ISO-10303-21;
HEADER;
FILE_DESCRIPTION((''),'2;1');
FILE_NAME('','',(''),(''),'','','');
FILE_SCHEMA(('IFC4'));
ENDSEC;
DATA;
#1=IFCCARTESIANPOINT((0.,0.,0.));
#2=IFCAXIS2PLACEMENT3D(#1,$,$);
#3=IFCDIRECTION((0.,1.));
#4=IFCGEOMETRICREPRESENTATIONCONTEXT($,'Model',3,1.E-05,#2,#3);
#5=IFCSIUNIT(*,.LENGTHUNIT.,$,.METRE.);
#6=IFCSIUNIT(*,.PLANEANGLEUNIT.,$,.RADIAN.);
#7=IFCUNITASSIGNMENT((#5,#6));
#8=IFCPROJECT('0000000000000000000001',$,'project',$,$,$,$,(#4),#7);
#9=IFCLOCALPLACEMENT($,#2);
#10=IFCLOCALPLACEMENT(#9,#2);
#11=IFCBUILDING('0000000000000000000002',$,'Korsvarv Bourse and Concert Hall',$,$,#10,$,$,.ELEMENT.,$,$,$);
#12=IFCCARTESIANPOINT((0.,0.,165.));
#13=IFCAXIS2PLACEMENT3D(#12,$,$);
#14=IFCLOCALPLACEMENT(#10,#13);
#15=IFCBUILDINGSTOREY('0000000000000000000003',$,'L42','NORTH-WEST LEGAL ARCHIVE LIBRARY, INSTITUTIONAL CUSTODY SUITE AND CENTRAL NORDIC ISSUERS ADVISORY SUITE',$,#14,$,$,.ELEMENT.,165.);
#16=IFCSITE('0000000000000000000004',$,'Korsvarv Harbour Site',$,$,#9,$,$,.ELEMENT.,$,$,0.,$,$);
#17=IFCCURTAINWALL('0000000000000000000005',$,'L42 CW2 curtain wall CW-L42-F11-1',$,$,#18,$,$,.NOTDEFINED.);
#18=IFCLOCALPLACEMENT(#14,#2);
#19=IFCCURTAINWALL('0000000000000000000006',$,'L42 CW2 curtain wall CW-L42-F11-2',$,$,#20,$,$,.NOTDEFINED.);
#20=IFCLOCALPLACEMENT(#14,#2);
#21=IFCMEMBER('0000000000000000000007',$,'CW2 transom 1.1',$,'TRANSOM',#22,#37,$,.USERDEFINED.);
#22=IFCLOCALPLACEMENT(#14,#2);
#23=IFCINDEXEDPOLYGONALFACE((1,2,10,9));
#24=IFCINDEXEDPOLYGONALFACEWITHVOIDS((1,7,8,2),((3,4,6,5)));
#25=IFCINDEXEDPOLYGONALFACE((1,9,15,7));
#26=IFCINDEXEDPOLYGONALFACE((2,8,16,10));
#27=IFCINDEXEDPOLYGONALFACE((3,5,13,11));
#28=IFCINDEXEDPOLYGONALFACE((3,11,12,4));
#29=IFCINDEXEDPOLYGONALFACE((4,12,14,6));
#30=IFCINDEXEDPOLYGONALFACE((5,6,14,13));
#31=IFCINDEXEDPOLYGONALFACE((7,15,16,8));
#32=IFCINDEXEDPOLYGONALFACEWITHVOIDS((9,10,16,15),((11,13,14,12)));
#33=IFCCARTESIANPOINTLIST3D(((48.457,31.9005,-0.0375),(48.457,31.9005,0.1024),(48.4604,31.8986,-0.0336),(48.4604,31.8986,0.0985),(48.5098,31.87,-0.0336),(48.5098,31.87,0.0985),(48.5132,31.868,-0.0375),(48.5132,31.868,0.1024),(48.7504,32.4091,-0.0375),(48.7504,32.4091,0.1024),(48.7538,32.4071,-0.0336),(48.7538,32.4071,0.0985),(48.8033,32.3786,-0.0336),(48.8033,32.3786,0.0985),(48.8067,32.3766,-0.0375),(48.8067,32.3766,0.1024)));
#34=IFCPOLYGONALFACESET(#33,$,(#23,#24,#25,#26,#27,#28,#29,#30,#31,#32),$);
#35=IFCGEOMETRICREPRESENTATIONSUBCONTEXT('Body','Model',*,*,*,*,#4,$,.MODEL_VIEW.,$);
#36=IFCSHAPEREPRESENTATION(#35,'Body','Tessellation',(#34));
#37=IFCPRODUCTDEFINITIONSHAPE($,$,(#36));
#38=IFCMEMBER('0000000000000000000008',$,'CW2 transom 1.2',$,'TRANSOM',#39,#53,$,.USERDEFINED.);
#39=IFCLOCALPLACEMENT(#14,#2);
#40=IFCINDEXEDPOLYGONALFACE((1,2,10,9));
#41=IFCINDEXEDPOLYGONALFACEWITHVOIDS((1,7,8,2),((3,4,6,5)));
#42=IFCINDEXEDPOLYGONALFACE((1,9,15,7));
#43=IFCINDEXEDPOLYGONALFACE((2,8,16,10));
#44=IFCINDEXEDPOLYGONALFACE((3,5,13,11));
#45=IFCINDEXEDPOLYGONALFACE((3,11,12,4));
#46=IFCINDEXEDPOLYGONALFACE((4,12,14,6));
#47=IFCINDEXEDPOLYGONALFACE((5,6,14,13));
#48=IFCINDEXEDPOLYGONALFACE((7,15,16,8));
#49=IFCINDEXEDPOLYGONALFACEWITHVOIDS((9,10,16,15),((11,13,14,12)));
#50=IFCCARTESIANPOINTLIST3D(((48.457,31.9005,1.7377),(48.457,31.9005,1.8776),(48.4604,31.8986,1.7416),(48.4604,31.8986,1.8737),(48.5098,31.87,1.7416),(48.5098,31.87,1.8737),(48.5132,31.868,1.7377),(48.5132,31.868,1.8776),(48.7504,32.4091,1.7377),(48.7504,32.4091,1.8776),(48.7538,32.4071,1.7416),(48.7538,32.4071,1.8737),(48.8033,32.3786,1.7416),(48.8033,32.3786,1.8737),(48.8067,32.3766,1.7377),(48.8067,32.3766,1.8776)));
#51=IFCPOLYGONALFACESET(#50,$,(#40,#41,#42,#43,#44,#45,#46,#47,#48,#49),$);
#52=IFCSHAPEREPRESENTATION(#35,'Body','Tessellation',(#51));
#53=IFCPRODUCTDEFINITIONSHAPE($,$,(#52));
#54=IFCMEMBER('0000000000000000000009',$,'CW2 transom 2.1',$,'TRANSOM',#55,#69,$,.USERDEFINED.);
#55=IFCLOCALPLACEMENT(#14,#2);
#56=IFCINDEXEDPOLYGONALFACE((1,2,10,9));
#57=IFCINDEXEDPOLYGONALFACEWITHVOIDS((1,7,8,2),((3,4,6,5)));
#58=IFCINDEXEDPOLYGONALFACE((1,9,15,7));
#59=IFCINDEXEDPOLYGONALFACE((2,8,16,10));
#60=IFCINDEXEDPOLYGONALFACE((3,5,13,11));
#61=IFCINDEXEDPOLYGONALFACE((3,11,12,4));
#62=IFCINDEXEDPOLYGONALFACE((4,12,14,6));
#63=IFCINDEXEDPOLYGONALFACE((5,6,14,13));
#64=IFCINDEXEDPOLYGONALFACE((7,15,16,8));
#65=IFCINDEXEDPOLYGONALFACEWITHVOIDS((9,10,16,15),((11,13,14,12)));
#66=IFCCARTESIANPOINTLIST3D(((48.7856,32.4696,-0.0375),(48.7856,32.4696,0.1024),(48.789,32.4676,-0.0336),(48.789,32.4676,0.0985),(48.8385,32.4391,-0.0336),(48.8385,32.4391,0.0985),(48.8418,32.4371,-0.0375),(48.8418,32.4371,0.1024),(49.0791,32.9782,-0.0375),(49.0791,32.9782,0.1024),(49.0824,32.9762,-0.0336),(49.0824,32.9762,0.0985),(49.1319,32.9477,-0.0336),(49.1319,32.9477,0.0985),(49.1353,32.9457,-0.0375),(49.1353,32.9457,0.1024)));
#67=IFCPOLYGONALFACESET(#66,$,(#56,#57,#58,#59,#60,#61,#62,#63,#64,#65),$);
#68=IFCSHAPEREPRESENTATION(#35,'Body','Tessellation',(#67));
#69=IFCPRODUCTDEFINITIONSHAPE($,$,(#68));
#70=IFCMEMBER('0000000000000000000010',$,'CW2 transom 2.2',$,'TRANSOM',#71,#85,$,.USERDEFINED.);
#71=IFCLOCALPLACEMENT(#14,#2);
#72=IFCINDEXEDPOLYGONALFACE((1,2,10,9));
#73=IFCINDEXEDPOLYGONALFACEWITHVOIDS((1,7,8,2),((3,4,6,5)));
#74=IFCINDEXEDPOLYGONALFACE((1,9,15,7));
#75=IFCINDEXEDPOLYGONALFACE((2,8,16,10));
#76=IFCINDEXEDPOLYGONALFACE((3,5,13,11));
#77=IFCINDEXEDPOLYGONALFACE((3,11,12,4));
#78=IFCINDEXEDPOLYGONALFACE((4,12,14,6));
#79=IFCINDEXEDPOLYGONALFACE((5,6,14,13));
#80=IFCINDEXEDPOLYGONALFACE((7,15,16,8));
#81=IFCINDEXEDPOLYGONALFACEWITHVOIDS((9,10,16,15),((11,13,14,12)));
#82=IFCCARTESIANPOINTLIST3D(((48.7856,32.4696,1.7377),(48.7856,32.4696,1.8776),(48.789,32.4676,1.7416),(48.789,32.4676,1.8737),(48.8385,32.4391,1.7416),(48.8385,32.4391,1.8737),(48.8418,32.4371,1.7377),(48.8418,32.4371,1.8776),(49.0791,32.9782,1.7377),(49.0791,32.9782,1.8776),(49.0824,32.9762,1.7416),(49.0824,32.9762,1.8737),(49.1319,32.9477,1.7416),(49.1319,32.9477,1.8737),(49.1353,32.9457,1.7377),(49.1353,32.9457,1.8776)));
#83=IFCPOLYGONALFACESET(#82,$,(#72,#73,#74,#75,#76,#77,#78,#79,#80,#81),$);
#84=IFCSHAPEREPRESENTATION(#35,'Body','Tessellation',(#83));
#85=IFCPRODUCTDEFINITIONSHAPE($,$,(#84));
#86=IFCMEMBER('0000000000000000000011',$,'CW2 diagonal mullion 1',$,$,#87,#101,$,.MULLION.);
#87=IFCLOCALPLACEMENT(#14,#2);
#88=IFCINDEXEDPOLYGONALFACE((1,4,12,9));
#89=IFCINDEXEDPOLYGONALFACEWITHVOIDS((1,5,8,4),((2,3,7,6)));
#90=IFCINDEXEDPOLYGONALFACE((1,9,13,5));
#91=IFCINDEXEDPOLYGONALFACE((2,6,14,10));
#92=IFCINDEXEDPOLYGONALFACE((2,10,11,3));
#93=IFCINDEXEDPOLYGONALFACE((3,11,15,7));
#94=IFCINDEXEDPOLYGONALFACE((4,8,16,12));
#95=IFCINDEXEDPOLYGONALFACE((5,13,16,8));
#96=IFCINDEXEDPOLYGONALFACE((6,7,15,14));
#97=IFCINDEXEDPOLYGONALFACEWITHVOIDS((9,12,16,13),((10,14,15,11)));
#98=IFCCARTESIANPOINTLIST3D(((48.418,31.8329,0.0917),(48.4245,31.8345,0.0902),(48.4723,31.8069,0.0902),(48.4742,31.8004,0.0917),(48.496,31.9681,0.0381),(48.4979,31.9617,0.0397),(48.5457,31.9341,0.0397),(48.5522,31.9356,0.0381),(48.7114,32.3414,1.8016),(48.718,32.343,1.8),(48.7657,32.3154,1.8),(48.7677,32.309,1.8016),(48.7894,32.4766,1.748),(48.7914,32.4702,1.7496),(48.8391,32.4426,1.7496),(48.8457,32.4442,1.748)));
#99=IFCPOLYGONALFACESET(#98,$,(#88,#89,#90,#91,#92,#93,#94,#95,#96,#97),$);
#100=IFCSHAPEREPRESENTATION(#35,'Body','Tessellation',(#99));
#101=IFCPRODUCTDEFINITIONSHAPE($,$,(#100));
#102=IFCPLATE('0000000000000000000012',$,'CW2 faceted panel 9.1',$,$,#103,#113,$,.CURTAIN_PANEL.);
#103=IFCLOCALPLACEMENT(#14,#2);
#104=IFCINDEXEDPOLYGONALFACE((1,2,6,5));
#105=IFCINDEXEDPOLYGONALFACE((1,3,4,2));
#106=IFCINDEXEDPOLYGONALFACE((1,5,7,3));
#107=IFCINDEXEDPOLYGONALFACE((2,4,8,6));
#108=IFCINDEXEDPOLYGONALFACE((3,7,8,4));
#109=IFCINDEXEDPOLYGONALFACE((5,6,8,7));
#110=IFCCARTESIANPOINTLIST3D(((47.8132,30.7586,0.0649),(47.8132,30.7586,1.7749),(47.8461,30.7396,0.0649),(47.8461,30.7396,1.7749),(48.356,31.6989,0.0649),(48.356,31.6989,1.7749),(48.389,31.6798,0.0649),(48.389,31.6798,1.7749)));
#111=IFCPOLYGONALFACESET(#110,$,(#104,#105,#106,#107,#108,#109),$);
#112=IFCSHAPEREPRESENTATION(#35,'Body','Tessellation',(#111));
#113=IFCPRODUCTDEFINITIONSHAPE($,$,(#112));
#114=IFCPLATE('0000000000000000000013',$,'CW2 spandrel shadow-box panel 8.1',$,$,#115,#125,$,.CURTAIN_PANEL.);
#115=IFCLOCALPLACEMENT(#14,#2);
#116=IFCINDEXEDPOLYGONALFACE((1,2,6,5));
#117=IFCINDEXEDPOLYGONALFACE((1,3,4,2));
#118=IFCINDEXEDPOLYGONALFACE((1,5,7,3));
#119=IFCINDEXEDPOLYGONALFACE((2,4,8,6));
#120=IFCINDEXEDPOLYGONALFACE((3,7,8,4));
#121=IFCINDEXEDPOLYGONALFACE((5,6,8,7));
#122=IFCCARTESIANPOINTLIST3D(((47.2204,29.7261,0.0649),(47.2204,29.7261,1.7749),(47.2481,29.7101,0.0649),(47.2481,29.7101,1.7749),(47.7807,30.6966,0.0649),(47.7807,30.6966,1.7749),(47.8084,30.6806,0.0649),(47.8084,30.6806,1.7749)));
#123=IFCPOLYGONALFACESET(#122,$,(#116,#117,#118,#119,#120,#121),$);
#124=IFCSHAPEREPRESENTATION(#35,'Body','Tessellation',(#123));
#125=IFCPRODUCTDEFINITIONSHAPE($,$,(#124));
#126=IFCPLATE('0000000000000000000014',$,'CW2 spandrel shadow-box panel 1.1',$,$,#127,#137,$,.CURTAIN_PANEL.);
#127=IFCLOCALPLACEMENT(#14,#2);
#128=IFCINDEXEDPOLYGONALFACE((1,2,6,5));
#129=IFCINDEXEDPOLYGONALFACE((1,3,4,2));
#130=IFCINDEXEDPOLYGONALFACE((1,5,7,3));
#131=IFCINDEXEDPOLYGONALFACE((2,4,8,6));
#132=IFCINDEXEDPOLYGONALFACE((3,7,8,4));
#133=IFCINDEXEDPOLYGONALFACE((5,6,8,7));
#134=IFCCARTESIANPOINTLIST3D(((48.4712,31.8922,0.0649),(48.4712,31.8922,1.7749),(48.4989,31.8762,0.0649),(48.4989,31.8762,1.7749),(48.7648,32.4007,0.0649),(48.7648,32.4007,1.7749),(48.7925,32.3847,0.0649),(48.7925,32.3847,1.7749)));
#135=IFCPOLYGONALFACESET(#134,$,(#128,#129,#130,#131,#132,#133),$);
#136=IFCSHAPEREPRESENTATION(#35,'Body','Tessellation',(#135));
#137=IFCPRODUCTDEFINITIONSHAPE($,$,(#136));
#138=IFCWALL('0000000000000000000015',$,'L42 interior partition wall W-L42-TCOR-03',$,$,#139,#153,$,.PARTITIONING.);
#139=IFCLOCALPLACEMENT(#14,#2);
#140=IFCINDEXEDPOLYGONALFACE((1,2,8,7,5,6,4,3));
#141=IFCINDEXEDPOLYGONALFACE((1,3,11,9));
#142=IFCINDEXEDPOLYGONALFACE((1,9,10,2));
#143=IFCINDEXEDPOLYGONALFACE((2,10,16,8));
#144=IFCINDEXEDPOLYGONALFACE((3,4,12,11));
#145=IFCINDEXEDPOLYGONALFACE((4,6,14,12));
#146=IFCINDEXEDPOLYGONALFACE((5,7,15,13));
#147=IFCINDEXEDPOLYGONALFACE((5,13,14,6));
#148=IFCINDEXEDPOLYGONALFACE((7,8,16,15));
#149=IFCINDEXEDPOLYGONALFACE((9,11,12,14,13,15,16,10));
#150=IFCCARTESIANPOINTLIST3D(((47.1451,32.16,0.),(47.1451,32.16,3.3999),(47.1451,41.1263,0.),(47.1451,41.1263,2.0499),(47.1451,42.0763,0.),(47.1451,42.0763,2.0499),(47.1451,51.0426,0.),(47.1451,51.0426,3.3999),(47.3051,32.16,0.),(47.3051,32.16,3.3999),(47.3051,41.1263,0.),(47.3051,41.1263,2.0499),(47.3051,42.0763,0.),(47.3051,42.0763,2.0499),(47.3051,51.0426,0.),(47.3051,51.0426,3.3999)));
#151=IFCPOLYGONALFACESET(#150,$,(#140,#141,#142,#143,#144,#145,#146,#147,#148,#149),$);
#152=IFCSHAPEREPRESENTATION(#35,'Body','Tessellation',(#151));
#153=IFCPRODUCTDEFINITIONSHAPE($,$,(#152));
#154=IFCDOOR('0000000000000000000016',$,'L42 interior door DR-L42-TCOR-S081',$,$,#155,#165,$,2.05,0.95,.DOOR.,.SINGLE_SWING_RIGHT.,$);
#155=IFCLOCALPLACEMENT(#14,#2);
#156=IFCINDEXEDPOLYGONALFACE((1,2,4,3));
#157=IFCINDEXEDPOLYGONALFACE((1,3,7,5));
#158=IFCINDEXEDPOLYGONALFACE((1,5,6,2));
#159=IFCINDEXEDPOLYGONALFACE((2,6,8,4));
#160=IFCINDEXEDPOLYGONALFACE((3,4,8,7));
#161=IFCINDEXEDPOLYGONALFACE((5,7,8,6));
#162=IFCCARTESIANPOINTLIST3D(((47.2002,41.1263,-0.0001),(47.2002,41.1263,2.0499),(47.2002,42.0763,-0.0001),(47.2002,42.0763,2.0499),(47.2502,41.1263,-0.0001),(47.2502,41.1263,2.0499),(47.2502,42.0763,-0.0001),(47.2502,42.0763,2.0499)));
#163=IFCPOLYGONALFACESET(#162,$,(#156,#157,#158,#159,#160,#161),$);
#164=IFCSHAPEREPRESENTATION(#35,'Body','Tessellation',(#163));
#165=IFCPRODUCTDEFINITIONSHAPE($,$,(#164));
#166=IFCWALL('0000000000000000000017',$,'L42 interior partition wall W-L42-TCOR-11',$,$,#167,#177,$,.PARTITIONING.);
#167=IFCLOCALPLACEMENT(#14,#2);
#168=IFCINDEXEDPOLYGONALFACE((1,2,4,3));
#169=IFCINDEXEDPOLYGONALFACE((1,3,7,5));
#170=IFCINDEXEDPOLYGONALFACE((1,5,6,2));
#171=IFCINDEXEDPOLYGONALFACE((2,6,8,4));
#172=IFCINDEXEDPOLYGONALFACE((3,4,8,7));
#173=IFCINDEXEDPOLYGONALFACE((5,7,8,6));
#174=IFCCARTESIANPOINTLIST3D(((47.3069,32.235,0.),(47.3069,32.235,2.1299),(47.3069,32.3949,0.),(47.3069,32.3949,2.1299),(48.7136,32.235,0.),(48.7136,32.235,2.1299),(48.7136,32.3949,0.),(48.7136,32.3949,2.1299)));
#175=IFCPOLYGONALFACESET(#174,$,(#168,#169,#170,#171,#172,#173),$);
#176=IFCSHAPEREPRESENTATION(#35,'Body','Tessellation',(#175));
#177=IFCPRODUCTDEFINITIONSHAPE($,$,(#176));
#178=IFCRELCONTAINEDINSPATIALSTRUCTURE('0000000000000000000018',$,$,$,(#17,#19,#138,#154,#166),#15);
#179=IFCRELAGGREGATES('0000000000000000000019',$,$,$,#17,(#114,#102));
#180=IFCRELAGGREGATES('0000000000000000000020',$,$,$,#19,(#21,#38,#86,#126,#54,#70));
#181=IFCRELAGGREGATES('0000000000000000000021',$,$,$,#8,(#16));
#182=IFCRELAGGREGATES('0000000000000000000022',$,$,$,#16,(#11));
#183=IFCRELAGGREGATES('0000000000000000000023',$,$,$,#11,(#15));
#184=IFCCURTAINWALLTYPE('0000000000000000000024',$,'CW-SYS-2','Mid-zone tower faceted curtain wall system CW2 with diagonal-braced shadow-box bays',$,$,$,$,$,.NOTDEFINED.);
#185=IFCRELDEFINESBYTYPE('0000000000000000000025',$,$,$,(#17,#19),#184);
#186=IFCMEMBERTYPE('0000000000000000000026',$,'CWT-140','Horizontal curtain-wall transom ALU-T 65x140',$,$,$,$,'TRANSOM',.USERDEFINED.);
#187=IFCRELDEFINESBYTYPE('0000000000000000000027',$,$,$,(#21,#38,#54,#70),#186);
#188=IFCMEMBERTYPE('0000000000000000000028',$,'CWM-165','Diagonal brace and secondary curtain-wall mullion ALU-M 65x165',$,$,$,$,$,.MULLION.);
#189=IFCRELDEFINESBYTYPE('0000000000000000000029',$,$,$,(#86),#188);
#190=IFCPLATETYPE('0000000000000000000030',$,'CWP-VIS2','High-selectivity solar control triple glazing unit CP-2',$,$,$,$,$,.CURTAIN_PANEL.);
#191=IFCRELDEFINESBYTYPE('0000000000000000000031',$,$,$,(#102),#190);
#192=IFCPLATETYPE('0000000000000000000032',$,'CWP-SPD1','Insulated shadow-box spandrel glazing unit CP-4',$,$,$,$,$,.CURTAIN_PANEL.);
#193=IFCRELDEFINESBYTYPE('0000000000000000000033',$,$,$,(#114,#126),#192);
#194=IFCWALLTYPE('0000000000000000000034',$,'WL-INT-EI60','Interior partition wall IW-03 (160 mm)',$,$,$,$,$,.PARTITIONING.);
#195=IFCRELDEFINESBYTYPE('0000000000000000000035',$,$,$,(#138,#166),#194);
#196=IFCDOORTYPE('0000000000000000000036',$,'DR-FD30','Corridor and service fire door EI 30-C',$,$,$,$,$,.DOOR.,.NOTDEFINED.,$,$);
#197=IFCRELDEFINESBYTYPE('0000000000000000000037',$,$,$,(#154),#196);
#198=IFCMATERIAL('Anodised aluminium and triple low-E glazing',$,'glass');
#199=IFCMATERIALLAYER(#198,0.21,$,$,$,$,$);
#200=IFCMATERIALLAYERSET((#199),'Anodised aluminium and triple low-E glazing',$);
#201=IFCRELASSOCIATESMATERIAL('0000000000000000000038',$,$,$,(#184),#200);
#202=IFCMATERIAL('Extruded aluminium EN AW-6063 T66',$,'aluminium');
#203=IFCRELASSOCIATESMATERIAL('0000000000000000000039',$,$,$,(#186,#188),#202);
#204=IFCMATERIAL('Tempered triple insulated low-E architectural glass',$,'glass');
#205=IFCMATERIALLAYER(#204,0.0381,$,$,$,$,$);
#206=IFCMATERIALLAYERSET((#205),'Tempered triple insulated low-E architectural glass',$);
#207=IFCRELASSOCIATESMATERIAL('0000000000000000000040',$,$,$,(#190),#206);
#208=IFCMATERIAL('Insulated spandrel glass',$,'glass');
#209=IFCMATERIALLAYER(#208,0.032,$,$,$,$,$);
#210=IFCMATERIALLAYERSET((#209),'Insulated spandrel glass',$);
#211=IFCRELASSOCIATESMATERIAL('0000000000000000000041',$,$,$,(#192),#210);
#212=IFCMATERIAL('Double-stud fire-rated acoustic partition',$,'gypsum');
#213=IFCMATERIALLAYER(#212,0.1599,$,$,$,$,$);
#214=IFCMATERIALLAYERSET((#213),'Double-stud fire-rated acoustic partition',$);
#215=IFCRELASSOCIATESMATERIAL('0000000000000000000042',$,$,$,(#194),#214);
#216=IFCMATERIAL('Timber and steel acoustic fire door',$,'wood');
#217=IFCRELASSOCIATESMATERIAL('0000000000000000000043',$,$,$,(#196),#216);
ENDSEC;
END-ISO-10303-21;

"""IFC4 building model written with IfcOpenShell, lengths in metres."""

from ifc_helpers import new_model, si_unit, direction, frame, frame_2d, origin, origin_2d, place, context, subcontext, project, spatial, rectangle, hollow_rectangle, extrude, source, transform, mapped, material, layer, layer_set, material_profile, profile_set, type_object, element, fill, aggregate, save


model = new_model("IFC4")

# Units and contexts
model_context = context("Model", 3, precision=1e-05, world=origin(), true_north=direction((0.0, 1.0)))
body_context = subcontext(model_context, "Body", "Model", "MODEL_VIEW")
ifc_project = project(units=[si_unit("LENGTHUNIT", "METRE"), si_unit("PLANEANGLEUNIT", "RADIAN")], contexts=[model_context])

# Site, building, storey
site_placement = place(None, origin())
site = spatial("IfcSite", under=ifc_project, at=site_placement, Name="Korsvarv Harbour Site", CompositionType="ELEMENT", RefElevation=0.0)
building_placement = place(site_placement, origin())
building = spatial("IfcBuilding", under=site, at=building_placement, Name="Korsvarv Bourse and Concert Hall", CompositionType="ELEMENT")
storey_placement = place(building_placement, frame((0.0, 0.0, 165.0)))
storey = spatial("IfcBuildingStorey", under=building, at=storey_placement, Name="L42", Description="NORTH-WEST LEGAL ARCHIVE LIBRARY, INSTITUTIONAL CUSTODY SUITE AND CENTRAL NORDIC ISSUERS ADVISORY SUITE", CompositionType="ELEMENT", Elevation=165.0)

# Curtain walls
ifc_material_1 = material(Name="Anodised aluminium and triple low-E glazing", Category="glass")
ifc_layer_1 = layer(ifc_material_1, 0.21)
ifc_layer_set_1 = layer_set([ifc_layer_1], Name="Anodised aluminium and triple low-E glazing")
curtain_wall_type = type_object("IfcCurtainWallType", Name="CW-SYS-2", Description="Mid-zone tower faceted curtain wall system CW2 with diagonal-braced shadow-box bays", PredefinedType="NOTDEFINED", material=ifc_layer_set_1)
curtain_wall_1_placement = place(storey_placement, origin())
curtain_wall_1 = element("IfcCurtainWall", 1, at=curtain_wall_1_placement, inside=storey, type_object=curtain_wall_type, Name="L42 CW2 curtain wall CW-L42-F11-1", PredefinedType="NOTDEFINED")
ifc_material_2 = material(Name="Extruded aluminium EN AW-6063 T66", Category="aluminium")
curtain_wall_2_placement = place(storey_placement, origin())
curtain_wall_2 = element("IfcCurtainWall", 2, at=curtain_wall_2_placement, inside=storey, type_object=curtain_wall_type, Name="L42 CW2 curtain wall CW-L42-F11-2", PredefinedType="NOTDEFINED")

# Members
ifc_material_profile_1 = material_profile(ifc_material_2, hollow_rectangle(XDim=0.0649, YDim=0.1399, WallThickness=0.0039, at=origin_2d()), Name="ALU-T 65x140")
ifc_profile_set_1 = profile_set([ifc_material_profile_1], Name="Extruded aluminium EN AW-6063 T66")
member_type_1 = type_object("IfcMemberType", Name="CWT-140", Description="Horizontal curtain-wall transom ALU-T 65x140", ElementType="TRANSOM", PredefinedType="USERDEFINED", material=ifc_profile_set_1)
ifc_material_profile_2 = material_profile(ifc_material_2, hollow_rectangle(XDim=0.0649, YDim=0.165, WallThickness=0.0049, at=origin_2d()), Name="ALU-M 65x165")
ifc_profile_set_2 = profile_set([ifc_material_profile_2], Name="Extruded aluminium EN AW-6063 T66")
member_type_2 = type_object("IfcMemberType", Name="CWM-165", Description="Diagonal brace and secondary curtain-wall mullion ALU-M 65x165", PredefinedType="MULLION", material=ifc_profile_set_2)
shared_shape_1 = source(origin(), body_context, "Body", "SweptSolid", [
    extrude(hollow_rectangle(XDim=0.0649, YDim=0.1399, WallThickness=0.0039, at=origin_2d()), origin(), (0.0, 0.0, 1.0), 0.5872),
])
member_1_placement = place(storey_placement, frame((48.4851, 31.8843, 0.0325), z_axis=(0.499806, 0.866137, 0.0), x_axis=(-0.866137, 0.499806, 0.0)))
member_1 = element("IfcMember", 3, at=member_1_placement, type_object=member_type_1, Name="CW2 transom 1.1", ObjectType="TRANSOM", PredefinedType="USERDEFINED", context=body_context, shape_type="MappedRepresentation", body=[
    mapped(shared_shape_1, transform((0.0, 0.0, 0.0), scale=1.0)),
])
member_2_placement = place(storey_placement, frame((48.4851, 31.8843, 1.8076), z_axis=(0.499806, 0.866137, 0.0), x_axis=(-0.866137, 0.499806, 0.0)))
member_2 = element("IfcMember", 4, at=member_2_placement, type_object=member_type_1, Name="CW2 transom 1.2", ObjectType="TRANSOM", PredefinedType="USERDEFINED", context=body_context, shape_type="MappedRepresentation", body=[
    mapped(shared_shape_1, transform((0.0, 0.0, 0.0), scale=1.0)),
])
member_3_placement = place(storey_placement, frame((48.8137, 32.4534, 0.0325), z_axis=(0.499806, 0.866137, 0.0), x_axis=(-0.866137, 0.499806, 0.0)))
member_3 = element("IfcMember", 5, at=member_3_placement, type_object=member_type_1, Name="CW2 transom 2.1", ObjectType="TRANSOM", PredefinedType="USERDEFINED", context=body_context, shape_type="MappedRepresentation", body=[
    mapped(shared_shape_1, transform((0.0, 0.0, 0.0), scale=1.0)),
])
member_4_placement = place(storey_placement, frame((48.8137, 32.4534, 1.8076), z_axis=(0.499806, 0.866137, 0.0), x_axis=(-0.866137, 0.499806, 0.0)))
member_4 = element("IfcMember", 6, at=member_4_placement, type_object=member_type_1, Name="CW2 transom 2.2", ObjectType="TRANSOM", PredefinedType="USERDEFINED", context=body_context, shape_type="MappedRepresentation", body=[
    mapped(shared_shape_1, transform((0.0, 0.0, 0.0), scale=1.0)),
])
shared_shape_2 = source(origin(), body_context, "Body", "SweptSolid", [
    extrude(hollow_rectangle(XDim=0.0649, YDim=0.165, WallThickness=0.0049, at=origin_2d()), origin(), (0.0, 0.0, 1.0), 1.8079),
])
member_5_placement = place(storey_placement, frame((48.4851, 31.8843, 0.0649), z_axis=(0.162314, 0.281282, 0.945798), x_axis=(-0.866137, 0.499806, 0.0)))
member_5 = element("IfcMember", 7, at=member_5_placement, type_object=member_type_2, Name="CW2 diagonal mullion 1", PredefinedType="MULLION", context=body_context, shape_type="MappedRepresentation", body=[
    mapped(shared_shape_2, transform((0.0, 0.0, 0.0), scale=1.0)),
])

# Plates
ifc_material_3 = material(Name="Tempered triple insulated low-E architectural glass", Category="glass")
ifc_layer_2 = layer(ifc_material_3, 0.0381)
ifc_layer_set_2 = layer_set([ifc_layer_2], Name="Tempered triple insulated low-E architectural glass")
plate_type_1 = type_object("IfcPlateType", Name="CWP-VIS2", Description="High-selectivity solar control triple glazing unit CP-2", PredefinedType="CURTAIN_PANEL", material=ifc_layer_set_2)
shared_shape_3 = source(origin(), body_context, "Body", "SweptSolid", [
    extrude(rectangle(XDim=1.0857, YDim=0.0381, at=origin_2d()), origin(), (0.0, 0.0, 1.0), 1.71),
])
plate_1_placement = place(storey_placement, frame((48.1011, 31.2192, 0.0649), z_axis=(0.0, 0.0, 1.0), x_axis=(0.499998, 0.866026, 0.0)))
plate_1 = element("IfcPlate", 8, at=plate_1_placement, type_object=plate_type_1, Name="CW2 faceted panel 9.1", PredefinedType="CURTAIN_PANEL", context=body_context, shape_type="MappedRepresentation", body=[
    mapped(shared_shape_3, transform((0.0, 0.0, 0.0), scale=1.0)),
])
ifc_material_4 = material(Name="Insulated spandrel glass", Category="glass")
ifc_layer_3 = layer(ifc_material_4, 0.032)
ifc_layer_set_3 = layer_set([ifc_layer_3], Name="Insulated spandrel glass")
plate_type_2 = type_object("IfcPlateType", Name="CWP-SPD1", Description="Insulated shadow-box spandrel glazing unit CP-4", PredefinedType="CURTAIN_PANEL", material=ifc_layer_set_3)
shared_shape_4 = source(origin(), body_context, "Body", "SweptSolid", [
    extrude(rectangle(XDim=1.1206, YDim=0.032, at=origin_2d()), origin(), (0.0, 0.0, 1.0), 1.71),
])
plate_2_placement = place(storey_placement, frame((47.5144, 30.2034, 0.0649), z_axis=(0.0, 0.0, 1.0), x_axis=(0.499998, 0.866026, 0.0)))
plate_2 = element("IfcPlate", 9, at=plate_2_placement, type_object=plate_type_2, Name="CW2 spandrel shadow-box panel 8.1", PredefinedType="CURTAIN_PANEL", context=body_context, shape_type="MappedRepresentation", body=[
    mapped(shared_shape_4, transform((0.0, 0.0, 0.0), scale=1.0)),
])
aggregate(curtain_wall_1, [plate_2, plate_1])
shared_shape_5 = source(origin(), body_context, "Body", "SweptSolid", [
    extrude(rectangle(XDim=0.5872, YDim=0.032, at=origin_2d()), origin(), (0.0, 0.0, 1.0), 1.71),
])
plate_3_placement = place(storey_placement, frame((48.6318, 32.1384, 0.0649), z_axis=(0.0, 0.0, 1.0), x_axis=(0.500031, 0.866008, 0.0)))
plate_3 = element("IfcPlate", 10, at=plate_3_placement, type_object=plate_type_2, Name="CW2 spandrel shadow-box panel 1.1", PredefinedType="CURTAIN_PANEL", context=body_context, shape_type="MappedRepresentation", body=[
    mapped(shared_shape_5, transform((0.0, 0.0, 0.0), scale=1.0)),
])
aggregate(curtain_wall_2, [member_1, member_2, member_5, plate_3, member_3, member_4])

# Wall, opening, door
ifc_material_5 = material(Name="Double-stud fire-rated acoustic partition", Category="gypsum")
ifc_layer_4 = layer(ifc_material_5, 0.1599)
ifc_layer_set_4 = layer_set([ifc_layer_4], Name="Double-stud fire-rated acoustic partition")
wall_type = type_object("IfcWallType", Name="WL-INT-EI60", Description="Interior partition wall IW-03 (160 mm)", PredefinedType="PARTITIONING", material=ifc_layer_set_4)
wall_1_placement = place(storey_placement, frame((47.2251, 32.1599, 0.0), z_axis=(0.0, 0.0, 1.0), x_axis=(0.0, 1.0, 0.0)))
wall_1 = element("IfcWall", 11, at=wall_1_placement, inside=storey, type_object=wall_type, Name="L42 interior partition wall W-L42-TCOR-03", PredefinedType="PARTITIONING", context=body_context, shape_type="SweptSolid", body=[
    extrude(rectangle(XDim=18.8826, YDim=0.1599, at=frame_2d((9.4414, 0.0))), origin(), (0.0, 0.0, 1.0), 3.3999),
])
opening_placement = place(wall_1_placement, frame((8.9663, 0.0, 0.0)))
opening = element("IfcOpeningElement", 12, at=opening_placement, cuts=wall_1, PredefinedType="OPENING", context=body_context, shape_type="SweptSolid", body=[
    extrude(rectangle(XDim=0.95, YDim=2.05, at=frame_2d((0.4751, 1.0249))), frame((0.0, 0.0898, 0.0), z_axis=(0.0, -1.0, 0.0), x_axis=(1.0, 0.0, 0.0)), (0.0, 0.0, 1.0), 0.1799),
])
ifc_material_6 = material(Name="Timber and steel acoustic fire door", Category="wood")
door_type = type_object("IfcDoorType", Name="DR-FD30", Description="Corridor and service fire door EI 30-C", OperationType="NOTDEFINED", PredefinedType="DOOR", material=ifc_material_6)
door_placement = place(opening_placement, origin())
door = element("IfcDoor", 13, at=door_placement, inside=storey, type_object=door_type, Name="L42 interior door DR-L42-TCOR-S081", OperationType="SINGLE_SWING_RIGHT", OverallHeight=2.05, OverallWidth=0.95, PredefinedType="DOOR", context=body_context, shape_type="SweptSolid", body=[
    extrude(rectangle(XDim=0.95, YDim=2.05, at=frame_2d((0.4751, 1.0249))), frame((0.0, 0.0249, 0.0), z_axis=(0.0, -1.0, 0.0), x_axis=(1.0, 0.0, 0.0)), (0.0, 0.0, 1.0), 0.05),
])
fill(opening, door)

# Wall
wall_2_placement = place(storey_placement, frame((47.3069, 32.3149, 0.0), z_axis=(0.0, 0.0, 1.0), x_axis=(1.0, 0.0, 0.0)))
element("IfcWall", 14, at=wall_2_placement, inside=storey, type_object=wall_type, Name="L42 interior partition wall W-L42-TCOR-11", PredefinedType="PARTITIONING", context=body_context, shape_type="SweptSolid", body=[
    extrude(rectangle(XDim=1.4067, YDim=0.1599, at=frame_2d((0.7034, 0.0))), origin(), (0.0, 0.0, 1.0), 2.1299),
])

save(model, "model.ifc")
